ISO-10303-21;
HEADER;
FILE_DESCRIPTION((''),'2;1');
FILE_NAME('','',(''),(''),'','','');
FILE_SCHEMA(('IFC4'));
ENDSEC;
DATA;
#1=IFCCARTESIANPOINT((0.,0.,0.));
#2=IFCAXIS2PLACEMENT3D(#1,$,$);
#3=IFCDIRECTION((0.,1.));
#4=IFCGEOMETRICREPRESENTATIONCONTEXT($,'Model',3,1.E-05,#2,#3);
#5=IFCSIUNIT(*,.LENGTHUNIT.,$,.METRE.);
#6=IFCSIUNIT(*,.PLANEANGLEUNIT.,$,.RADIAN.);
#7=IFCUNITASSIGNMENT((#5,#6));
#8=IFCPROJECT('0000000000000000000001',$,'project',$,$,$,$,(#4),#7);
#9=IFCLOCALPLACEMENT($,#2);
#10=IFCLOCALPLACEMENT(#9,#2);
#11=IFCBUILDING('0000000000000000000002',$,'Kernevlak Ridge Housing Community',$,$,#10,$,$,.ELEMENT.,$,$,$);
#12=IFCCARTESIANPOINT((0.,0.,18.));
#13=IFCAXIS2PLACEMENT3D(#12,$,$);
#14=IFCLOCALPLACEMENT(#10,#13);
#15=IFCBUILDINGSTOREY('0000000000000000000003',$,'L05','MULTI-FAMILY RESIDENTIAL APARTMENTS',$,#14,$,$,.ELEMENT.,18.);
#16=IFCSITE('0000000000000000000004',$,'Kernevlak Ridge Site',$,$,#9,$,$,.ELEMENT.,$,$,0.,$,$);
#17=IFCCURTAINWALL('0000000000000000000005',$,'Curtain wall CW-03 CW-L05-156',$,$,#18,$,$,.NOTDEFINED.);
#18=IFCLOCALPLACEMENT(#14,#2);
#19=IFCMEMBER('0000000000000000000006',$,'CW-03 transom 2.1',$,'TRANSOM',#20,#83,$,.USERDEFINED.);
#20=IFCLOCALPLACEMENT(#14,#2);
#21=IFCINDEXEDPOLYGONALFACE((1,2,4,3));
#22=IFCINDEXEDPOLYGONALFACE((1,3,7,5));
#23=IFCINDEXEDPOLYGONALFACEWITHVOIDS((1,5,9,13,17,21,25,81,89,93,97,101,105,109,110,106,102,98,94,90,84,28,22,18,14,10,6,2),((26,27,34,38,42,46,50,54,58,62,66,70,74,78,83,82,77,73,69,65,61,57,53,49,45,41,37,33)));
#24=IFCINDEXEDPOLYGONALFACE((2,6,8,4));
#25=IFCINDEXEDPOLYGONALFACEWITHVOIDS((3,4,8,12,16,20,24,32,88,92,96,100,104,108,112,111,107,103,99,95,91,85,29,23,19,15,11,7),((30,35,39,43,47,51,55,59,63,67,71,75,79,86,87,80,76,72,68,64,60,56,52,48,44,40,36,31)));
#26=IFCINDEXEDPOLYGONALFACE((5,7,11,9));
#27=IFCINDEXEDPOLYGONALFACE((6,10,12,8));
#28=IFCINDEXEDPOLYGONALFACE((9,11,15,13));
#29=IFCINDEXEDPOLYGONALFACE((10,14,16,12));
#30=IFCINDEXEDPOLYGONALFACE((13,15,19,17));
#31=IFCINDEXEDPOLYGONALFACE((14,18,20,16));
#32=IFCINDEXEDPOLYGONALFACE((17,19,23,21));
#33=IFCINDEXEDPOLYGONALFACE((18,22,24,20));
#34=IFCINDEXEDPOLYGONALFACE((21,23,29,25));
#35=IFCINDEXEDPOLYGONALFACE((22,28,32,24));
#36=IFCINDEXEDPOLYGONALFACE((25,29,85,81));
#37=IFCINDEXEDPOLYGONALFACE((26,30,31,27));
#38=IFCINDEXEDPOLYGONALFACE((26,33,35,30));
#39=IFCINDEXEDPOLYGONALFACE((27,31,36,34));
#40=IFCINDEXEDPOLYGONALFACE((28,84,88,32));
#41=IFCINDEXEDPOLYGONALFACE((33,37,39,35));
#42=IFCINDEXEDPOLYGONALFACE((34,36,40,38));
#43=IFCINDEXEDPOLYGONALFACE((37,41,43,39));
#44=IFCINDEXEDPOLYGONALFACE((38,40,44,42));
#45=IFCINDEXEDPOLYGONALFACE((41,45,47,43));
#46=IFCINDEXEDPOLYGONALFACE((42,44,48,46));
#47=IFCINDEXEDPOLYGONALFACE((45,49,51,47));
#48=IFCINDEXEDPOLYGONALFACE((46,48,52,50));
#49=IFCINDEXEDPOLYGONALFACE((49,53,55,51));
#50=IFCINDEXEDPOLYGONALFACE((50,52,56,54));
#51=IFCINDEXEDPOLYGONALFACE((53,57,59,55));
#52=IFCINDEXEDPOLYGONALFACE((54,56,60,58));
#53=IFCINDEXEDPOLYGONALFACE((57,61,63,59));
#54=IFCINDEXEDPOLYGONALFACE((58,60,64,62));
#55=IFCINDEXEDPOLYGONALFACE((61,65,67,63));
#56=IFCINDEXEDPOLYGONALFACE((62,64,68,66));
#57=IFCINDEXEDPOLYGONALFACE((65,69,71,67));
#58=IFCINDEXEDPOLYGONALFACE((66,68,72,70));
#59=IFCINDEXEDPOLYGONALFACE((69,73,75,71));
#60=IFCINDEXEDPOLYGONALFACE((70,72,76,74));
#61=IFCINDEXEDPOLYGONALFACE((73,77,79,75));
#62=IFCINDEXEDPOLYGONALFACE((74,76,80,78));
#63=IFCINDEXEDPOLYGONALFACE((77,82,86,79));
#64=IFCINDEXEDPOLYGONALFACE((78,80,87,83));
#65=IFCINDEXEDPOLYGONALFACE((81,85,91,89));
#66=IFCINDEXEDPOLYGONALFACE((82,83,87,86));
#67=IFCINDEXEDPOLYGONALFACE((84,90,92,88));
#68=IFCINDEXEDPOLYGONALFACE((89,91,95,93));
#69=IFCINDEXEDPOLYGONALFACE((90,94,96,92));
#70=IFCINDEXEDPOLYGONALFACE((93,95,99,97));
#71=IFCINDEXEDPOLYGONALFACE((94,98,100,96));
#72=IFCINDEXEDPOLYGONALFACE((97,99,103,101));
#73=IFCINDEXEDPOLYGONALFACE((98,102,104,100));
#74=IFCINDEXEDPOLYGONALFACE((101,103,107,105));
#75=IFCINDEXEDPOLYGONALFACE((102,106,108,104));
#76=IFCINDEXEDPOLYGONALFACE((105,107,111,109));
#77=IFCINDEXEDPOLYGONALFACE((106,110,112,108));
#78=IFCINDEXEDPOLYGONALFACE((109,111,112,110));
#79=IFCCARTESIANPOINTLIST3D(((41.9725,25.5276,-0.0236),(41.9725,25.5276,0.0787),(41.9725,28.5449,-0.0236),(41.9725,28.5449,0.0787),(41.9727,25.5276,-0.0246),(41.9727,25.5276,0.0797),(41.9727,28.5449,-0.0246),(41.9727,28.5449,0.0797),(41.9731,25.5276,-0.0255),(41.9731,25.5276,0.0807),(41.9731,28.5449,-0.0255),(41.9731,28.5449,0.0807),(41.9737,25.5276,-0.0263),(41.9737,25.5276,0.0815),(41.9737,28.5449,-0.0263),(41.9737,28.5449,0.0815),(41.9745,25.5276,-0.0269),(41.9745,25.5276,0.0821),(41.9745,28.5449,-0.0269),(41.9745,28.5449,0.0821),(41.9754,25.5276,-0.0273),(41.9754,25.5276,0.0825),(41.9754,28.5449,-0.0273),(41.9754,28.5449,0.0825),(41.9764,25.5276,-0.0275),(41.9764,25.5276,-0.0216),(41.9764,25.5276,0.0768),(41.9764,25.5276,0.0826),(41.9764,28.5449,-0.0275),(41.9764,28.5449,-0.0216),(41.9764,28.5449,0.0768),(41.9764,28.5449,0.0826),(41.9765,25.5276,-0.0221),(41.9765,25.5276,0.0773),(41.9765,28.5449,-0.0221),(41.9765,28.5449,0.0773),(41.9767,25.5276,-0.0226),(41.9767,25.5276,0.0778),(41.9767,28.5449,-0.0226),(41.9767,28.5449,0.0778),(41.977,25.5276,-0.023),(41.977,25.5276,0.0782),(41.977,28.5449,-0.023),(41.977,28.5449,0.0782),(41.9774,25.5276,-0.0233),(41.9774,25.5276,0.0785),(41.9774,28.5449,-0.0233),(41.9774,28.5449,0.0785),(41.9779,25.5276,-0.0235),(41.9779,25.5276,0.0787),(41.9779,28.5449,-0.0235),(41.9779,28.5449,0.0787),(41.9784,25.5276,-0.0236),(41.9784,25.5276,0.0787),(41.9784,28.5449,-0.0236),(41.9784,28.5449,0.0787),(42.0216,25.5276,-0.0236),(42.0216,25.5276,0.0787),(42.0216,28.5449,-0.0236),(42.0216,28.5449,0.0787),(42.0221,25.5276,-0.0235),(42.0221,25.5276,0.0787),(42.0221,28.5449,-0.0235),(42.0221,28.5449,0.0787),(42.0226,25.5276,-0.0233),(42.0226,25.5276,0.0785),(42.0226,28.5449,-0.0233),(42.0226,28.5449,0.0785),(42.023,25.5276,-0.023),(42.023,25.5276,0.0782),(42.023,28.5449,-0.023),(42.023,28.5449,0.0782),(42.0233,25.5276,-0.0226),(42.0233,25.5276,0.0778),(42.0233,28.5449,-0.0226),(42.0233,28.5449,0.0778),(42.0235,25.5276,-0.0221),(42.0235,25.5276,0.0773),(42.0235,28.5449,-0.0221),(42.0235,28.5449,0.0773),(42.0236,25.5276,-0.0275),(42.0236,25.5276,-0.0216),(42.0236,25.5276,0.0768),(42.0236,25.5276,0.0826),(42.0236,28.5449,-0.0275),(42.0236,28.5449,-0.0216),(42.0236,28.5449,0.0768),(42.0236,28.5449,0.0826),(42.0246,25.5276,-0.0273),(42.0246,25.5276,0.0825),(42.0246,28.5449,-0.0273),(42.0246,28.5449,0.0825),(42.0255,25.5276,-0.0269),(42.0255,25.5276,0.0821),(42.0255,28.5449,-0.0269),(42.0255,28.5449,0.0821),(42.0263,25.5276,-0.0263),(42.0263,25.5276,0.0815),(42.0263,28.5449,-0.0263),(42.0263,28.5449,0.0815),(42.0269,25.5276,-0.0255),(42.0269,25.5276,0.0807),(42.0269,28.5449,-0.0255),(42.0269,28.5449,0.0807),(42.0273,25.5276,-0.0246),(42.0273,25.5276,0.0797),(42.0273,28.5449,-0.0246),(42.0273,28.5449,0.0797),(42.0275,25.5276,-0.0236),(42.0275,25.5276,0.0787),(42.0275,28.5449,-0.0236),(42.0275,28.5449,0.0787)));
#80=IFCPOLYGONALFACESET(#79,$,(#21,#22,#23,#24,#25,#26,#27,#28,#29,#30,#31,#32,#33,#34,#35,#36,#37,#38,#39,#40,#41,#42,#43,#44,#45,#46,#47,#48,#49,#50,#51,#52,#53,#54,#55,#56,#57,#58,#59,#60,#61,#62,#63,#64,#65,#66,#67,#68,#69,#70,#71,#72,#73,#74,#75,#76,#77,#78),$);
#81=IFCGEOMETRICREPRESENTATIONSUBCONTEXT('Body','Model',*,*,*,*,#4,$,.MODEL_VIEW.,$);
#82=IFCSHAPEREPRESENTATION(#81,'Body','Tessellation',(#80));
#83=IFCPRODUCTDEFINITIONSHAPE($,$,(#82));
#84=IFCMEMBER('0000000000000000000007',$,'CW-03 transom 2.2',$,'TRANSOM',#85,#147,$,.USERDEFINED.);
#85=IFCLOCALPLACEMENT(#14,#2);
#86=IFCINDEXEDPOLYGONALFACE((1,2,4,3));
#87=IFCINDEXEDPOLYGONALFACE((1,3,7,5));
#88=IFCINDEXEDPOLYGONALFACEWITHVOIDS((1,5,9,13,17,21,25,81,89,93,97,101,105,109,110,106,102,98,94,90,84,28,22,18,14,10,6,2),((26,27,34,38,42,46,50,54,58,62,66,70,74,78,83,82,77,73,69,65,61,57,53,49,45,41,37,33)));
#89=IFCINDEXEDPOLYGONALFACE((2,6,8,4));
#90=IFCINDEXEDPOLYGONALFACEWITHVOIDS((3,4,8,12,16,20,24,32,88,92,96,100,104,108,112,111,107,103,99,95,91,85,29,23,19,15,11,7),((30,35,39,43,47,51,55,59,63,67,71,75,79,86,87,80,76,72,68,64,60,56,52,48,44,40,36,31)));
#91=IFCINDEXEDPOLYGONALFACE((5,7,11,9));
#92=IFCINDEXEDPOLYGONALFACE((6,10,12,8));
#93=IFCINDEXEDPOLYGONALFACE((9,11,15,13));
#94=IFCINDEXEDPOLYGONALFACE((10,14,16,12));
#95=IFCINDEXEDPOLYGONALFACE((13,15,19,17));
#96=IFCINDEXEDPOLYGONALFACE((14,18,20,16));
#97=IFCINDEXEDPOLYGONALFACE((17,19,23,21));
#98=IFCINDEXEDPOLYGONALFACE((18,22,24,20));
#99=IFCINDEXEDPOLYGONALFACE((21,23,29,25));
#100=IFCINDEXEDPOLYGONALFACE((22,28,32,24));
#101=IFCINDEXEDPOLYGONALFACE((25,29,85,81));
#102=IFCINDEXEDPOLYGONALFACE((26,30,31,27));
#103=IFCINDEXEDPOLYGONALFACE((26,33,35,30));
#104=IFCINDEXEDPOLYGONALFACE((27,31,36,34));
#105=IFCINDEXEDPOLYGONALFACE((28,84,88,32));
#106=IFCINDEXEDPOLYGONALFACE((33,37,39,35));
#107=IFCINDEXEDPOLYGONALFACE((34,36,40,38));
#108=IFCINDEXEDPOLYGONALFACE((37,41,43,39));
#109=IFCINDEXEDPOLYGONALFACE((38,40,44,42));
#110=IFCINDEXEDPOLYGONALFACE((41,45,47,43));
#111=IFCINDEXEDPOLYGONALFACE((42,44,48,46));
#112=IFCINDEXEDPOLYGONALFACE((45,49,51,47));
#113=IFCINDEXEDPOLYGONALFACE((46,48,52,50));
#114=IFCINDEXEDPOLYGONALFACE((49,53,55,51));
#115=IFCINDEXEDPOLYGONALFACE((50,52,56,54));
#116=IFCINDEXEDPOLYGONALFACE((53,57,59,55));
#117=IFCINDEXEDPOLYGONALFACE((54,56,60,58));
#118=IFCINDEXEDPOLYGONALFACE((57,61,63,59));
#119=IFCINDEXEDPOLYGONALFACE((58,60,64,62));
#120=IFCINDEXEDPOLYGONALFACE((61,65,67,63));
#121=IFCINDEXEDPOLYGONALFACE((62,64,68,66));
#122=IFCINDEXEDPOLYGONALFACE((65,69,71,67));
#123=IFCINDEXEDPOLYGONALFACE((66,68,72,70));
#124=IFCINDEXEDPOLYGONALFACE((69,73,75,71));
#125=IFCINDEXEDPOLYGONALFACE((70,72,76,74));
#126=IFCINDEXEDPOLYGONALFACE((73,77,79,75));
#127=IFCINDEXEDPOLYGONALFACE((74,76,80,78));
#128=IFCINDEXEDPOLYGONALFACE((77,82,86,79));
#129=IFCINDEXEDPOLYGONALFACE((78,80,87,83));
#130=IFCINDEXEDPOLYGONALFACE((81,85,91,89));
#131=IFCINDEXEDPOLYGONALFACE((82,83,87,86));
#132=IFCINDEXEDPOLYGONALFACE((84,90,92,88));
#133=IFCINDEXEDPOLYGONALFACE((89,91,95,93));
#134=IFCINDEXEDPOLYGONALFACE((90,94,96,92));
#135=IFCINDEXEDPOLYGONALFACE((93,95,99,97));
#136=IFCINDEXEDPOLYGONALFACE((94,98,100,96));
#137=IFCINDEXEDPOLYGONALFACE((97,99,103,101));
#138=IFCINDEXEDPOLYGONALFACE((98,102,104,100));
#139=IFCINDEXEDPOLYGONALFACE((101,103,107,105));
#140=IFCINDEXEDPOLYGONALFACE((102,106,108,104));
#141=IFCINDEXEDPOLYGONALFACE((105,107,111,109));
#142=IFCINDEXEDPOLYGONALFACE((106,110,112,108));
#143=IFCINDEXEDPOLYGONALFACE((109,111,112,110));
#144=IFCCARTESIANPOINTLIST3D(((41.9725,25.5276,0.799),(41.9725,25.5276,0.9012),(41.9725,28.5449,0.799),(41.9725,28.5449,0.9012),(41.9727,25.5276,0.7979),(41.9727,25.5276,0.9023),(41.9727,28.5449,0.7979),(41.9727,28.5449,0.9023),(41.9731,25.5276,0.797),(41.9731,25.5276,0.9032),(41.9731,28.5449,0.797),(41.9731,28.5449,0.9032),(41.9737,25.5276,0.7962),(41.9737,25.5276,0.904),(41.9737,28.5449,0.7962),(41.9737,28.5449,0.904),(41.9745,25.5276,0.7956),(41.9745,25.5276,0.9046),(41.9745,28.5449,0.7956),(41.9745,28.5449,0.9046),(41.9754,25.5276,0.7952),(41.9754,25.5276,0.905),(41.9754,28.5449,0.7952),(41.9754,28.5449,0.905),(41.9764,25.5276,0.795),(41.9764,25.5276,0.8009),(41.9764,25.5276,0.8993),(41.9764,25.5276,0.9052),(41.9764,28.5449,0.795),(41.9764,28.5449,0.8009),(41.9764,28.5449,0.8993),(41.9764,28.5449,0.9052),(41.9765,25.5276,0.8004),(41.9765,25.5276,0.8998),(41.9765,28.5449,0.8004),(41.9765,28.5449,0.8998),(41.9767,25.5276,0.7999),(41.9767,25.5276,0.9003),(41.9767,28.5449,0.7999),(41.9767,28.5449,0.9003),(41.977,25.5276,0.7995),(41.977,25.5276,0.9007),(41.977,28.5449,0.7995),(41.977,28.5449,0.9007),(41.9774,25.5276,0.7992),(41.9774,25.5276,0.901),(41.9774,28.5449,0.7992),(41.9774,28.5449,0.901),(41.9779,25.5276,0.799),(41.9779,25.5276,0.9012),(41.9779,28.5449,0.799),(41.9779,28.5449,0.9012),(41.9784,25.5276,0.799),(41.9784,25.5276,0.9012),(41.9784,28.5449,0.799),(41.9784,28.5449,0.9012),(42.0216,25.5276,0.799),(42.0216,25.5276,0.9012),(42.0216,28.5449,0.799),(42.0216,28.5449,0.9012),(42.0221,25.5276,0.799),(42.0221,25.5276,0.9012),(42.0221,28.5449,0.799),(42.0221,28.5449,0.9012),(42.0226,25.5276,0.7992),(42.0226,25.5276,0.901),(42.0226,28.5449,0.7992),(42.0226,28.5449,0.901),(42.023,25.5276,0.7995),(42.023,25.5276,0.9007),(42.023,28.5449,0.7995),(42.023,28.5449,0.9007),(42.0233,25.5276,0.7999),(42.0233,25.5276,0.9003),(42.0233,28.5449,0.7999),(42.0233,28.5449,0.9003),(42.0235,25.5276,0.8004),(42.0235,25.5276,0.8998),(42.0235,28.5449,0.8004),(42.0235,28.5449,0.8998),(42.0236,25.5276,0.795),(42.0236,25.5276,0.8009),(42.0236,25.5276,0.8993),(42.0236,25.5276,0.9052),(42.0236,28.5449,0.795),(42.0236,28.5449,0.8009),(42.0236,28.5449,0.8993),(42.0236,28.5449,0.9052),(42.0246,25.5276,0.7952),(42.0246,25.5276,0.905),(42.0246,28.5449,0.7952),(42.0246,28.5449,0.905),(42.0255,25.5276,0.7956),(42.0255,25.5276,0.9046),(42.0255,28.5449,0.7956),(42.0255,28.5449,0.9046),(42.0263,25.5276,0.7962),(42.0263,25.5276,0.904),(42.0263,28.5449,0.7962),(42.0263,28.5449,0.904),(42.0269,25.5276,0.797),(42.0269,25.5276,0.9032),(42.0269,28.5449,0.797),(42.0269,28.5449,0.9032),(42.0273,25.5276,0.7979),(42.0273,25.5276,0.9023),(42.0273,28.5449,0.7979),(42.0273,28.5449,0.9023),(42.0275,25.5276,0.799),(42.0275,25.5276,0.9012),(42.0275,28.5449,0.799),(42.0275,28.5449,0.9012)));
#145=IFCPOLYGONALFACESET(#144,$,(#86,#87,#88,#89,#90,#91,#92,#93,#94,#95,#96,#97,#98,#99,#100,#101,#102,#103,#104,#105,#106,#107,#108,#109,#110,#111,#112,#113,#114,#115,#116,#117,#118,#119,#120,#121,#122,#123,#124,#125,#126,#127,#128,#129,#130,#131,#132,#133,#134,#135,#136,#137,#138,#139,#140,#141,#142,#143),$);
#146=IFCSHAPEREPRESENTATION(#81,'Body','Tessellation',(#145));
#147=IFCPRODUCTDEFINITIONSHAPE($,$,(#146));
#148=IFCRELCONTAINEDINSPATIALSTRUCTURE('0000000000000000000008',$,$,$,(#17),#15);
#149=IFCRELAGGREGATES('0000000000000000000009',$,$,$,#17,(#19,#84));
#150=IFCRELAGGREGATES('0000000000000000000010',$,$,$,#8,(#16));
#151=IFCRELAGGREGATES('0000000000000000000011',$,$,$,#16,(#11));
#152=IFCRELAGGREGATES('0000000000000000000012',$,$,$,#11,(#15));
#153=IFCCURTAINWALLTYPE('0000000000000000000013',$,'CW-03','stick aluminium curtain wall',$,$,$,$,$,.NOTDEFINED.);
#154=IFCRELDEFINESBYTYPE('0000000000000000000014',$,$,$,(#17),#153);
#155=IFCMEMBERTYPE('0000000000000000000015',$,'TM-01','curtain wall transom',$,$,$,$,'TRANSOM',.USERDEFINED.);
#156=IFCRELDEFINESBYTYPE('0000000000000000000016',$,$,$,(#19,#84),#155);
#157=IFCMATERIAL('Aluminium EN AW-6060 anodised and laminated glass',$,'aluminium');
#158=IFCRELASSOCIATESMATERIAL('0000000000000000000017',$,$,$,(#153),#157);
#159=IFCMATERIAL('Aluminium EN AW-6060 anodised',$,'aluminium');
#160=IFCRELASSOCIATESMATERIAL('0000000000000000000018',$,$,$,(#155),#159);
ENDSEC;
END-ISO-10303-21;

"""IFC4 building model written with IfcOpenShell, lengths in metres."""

from ifc_helpers import new_model, si_unit, direction, frame, origin, origin_2d, place, context, subcontext, project, spatial, hollow_rectangle, extrude, material, material_profile, profile_set, type_object, element, aggregate, save


model = new_model("IFC4")

# Units and contexts
model_context = context("Model", 3, precision=1e-05, world=origin(), true_north=direction((0.0, 1.0)))
body_context = subcontext(model_context, "Body", "Model", "MODEL_VIEW")
ifc_project = project(units=[si_unit("LENGTHUNIT", "METRE"), si_unit("PLANEANGLEUNIT", "RADIAN")], contexts=[model_context])

# Site, building, storey
site_placement = place(None, origin())
site = spatial("IfcSite", under=ifc_project, at=site_placement, Name="Kernevlak Ridge Site", CompositionType="ELEMENT", RefElevation=0.0)
building_placement = place(site_placement, origin())
building = spatial("IfcBuilding", under=site, at=building_placement, Name="Kernevlak Ridge Housing Community", CompositionType="ELEMENT")
storey_placement = place(building_placement, frame((0.0, 0.0, 18.0)))
storey = spatial("IfcBuildingStorey", under=building, at=storey_placement, Name="L05", Description="MULTI-FAMILY RESIDENTIAL APARTMENTS", CompositionType="ELEMENT", Elevation=18.0)

# Curtain wall
ifc_material_1 = material(Name="Aluminium EN AW-6060 anodised and laminated glass", Category="aluminium")
curtain_wall_type = type_object("IfcCurtainWallType", Name="CW-03", Description="stick aluminium curtain wall", PredefinedType="NOTDEFINED", material=ifc_material_1)
curtain_wall_placement = place(storey_placement, origin())
curtain_wall = element("IfcCurtainWall", 1, at=curtain_wall_placement, inside=storey, type_object=curtain_wall_type, Name="Curtain wall CW-03 CW-L05-156", PredefinedType="NOTDEFINED")
ifc_material_2 = material(Name="Aluminium EN AW-6060 anodised", Category="aluminium")

# Members
ifc_material_profile_1 = material_profile(ifc_material_2, hollow_rectangle(XDim=0.0549, YDim=0.1101, WallThickness=0.0039, InnerFilletRadius=0.002, OuterFilletRadius=0.0039, at=origin_2d()), Name="ALU 55x110x4")
ifc_profile_set_1 = profile_set([ifc_material_profile_1], Name="Aluminium EN AW-6060 anodised")
member_type_1 = type_object("IfcMemberType", Name="TM-01", Description="curtain wall transom", ElementType="TRANSOM", PredefinedType="USERDEFINED", material=ifc_profile_set_1)
member_1_placement = place(storey_placement, frame((42.0, 25.5276, 0.0276), z_axis=(0.0, 1.0, 0.0), x_axis=(-1.0, 0.0, 0.0)))
member_1 = element("IfcMember", 2, at=member_1_placement, type_object=member_type_1, Name="CW-03 transom 2.1", ObjectType="TRANSOM", PredefinedType="USERDEFINED", context=body_context, shape_type="SweptSolid", body=[
    extrude(hollow_rectangle(XDim=0.0549, YDim=0.1101, WallThickness=0.0039, InnerFilletRadius=0.002, OuterFilletRadius=0.0039, at=origin_2d()), origin(), (0.0, 0.0, 1.0), 3.0173),
])
member_2_placement = place(storey_placement, frame((42.0, 25.5276, 0.8501), z_axis=(0.0, 1.0, 0.0), x_axis=(-1.0, 0.0, 0.0)))
member_2 = element("IfcMember", 3, at=member_2_placement, type_object=member_type_1, Name="CW-03 transom 2.2", ObjectType="TRANSOM", PredefinedType="USERDEFINED", context=body_context, shape_type="SweptSolid", body=[
    extrude(hollow_rectangle(XDim=0.0549, YDim=0.1101, WallThickness=0.0039, InnerFilletRadius=0.002, OuterFilletRadius=0.0039, at=origin_2d()), origin(), (0.0, 0.0, 1.0), 3.0173),
])

aggregate(curtain_wall, [member_1, member_2])

save(model, "model.ifc")
